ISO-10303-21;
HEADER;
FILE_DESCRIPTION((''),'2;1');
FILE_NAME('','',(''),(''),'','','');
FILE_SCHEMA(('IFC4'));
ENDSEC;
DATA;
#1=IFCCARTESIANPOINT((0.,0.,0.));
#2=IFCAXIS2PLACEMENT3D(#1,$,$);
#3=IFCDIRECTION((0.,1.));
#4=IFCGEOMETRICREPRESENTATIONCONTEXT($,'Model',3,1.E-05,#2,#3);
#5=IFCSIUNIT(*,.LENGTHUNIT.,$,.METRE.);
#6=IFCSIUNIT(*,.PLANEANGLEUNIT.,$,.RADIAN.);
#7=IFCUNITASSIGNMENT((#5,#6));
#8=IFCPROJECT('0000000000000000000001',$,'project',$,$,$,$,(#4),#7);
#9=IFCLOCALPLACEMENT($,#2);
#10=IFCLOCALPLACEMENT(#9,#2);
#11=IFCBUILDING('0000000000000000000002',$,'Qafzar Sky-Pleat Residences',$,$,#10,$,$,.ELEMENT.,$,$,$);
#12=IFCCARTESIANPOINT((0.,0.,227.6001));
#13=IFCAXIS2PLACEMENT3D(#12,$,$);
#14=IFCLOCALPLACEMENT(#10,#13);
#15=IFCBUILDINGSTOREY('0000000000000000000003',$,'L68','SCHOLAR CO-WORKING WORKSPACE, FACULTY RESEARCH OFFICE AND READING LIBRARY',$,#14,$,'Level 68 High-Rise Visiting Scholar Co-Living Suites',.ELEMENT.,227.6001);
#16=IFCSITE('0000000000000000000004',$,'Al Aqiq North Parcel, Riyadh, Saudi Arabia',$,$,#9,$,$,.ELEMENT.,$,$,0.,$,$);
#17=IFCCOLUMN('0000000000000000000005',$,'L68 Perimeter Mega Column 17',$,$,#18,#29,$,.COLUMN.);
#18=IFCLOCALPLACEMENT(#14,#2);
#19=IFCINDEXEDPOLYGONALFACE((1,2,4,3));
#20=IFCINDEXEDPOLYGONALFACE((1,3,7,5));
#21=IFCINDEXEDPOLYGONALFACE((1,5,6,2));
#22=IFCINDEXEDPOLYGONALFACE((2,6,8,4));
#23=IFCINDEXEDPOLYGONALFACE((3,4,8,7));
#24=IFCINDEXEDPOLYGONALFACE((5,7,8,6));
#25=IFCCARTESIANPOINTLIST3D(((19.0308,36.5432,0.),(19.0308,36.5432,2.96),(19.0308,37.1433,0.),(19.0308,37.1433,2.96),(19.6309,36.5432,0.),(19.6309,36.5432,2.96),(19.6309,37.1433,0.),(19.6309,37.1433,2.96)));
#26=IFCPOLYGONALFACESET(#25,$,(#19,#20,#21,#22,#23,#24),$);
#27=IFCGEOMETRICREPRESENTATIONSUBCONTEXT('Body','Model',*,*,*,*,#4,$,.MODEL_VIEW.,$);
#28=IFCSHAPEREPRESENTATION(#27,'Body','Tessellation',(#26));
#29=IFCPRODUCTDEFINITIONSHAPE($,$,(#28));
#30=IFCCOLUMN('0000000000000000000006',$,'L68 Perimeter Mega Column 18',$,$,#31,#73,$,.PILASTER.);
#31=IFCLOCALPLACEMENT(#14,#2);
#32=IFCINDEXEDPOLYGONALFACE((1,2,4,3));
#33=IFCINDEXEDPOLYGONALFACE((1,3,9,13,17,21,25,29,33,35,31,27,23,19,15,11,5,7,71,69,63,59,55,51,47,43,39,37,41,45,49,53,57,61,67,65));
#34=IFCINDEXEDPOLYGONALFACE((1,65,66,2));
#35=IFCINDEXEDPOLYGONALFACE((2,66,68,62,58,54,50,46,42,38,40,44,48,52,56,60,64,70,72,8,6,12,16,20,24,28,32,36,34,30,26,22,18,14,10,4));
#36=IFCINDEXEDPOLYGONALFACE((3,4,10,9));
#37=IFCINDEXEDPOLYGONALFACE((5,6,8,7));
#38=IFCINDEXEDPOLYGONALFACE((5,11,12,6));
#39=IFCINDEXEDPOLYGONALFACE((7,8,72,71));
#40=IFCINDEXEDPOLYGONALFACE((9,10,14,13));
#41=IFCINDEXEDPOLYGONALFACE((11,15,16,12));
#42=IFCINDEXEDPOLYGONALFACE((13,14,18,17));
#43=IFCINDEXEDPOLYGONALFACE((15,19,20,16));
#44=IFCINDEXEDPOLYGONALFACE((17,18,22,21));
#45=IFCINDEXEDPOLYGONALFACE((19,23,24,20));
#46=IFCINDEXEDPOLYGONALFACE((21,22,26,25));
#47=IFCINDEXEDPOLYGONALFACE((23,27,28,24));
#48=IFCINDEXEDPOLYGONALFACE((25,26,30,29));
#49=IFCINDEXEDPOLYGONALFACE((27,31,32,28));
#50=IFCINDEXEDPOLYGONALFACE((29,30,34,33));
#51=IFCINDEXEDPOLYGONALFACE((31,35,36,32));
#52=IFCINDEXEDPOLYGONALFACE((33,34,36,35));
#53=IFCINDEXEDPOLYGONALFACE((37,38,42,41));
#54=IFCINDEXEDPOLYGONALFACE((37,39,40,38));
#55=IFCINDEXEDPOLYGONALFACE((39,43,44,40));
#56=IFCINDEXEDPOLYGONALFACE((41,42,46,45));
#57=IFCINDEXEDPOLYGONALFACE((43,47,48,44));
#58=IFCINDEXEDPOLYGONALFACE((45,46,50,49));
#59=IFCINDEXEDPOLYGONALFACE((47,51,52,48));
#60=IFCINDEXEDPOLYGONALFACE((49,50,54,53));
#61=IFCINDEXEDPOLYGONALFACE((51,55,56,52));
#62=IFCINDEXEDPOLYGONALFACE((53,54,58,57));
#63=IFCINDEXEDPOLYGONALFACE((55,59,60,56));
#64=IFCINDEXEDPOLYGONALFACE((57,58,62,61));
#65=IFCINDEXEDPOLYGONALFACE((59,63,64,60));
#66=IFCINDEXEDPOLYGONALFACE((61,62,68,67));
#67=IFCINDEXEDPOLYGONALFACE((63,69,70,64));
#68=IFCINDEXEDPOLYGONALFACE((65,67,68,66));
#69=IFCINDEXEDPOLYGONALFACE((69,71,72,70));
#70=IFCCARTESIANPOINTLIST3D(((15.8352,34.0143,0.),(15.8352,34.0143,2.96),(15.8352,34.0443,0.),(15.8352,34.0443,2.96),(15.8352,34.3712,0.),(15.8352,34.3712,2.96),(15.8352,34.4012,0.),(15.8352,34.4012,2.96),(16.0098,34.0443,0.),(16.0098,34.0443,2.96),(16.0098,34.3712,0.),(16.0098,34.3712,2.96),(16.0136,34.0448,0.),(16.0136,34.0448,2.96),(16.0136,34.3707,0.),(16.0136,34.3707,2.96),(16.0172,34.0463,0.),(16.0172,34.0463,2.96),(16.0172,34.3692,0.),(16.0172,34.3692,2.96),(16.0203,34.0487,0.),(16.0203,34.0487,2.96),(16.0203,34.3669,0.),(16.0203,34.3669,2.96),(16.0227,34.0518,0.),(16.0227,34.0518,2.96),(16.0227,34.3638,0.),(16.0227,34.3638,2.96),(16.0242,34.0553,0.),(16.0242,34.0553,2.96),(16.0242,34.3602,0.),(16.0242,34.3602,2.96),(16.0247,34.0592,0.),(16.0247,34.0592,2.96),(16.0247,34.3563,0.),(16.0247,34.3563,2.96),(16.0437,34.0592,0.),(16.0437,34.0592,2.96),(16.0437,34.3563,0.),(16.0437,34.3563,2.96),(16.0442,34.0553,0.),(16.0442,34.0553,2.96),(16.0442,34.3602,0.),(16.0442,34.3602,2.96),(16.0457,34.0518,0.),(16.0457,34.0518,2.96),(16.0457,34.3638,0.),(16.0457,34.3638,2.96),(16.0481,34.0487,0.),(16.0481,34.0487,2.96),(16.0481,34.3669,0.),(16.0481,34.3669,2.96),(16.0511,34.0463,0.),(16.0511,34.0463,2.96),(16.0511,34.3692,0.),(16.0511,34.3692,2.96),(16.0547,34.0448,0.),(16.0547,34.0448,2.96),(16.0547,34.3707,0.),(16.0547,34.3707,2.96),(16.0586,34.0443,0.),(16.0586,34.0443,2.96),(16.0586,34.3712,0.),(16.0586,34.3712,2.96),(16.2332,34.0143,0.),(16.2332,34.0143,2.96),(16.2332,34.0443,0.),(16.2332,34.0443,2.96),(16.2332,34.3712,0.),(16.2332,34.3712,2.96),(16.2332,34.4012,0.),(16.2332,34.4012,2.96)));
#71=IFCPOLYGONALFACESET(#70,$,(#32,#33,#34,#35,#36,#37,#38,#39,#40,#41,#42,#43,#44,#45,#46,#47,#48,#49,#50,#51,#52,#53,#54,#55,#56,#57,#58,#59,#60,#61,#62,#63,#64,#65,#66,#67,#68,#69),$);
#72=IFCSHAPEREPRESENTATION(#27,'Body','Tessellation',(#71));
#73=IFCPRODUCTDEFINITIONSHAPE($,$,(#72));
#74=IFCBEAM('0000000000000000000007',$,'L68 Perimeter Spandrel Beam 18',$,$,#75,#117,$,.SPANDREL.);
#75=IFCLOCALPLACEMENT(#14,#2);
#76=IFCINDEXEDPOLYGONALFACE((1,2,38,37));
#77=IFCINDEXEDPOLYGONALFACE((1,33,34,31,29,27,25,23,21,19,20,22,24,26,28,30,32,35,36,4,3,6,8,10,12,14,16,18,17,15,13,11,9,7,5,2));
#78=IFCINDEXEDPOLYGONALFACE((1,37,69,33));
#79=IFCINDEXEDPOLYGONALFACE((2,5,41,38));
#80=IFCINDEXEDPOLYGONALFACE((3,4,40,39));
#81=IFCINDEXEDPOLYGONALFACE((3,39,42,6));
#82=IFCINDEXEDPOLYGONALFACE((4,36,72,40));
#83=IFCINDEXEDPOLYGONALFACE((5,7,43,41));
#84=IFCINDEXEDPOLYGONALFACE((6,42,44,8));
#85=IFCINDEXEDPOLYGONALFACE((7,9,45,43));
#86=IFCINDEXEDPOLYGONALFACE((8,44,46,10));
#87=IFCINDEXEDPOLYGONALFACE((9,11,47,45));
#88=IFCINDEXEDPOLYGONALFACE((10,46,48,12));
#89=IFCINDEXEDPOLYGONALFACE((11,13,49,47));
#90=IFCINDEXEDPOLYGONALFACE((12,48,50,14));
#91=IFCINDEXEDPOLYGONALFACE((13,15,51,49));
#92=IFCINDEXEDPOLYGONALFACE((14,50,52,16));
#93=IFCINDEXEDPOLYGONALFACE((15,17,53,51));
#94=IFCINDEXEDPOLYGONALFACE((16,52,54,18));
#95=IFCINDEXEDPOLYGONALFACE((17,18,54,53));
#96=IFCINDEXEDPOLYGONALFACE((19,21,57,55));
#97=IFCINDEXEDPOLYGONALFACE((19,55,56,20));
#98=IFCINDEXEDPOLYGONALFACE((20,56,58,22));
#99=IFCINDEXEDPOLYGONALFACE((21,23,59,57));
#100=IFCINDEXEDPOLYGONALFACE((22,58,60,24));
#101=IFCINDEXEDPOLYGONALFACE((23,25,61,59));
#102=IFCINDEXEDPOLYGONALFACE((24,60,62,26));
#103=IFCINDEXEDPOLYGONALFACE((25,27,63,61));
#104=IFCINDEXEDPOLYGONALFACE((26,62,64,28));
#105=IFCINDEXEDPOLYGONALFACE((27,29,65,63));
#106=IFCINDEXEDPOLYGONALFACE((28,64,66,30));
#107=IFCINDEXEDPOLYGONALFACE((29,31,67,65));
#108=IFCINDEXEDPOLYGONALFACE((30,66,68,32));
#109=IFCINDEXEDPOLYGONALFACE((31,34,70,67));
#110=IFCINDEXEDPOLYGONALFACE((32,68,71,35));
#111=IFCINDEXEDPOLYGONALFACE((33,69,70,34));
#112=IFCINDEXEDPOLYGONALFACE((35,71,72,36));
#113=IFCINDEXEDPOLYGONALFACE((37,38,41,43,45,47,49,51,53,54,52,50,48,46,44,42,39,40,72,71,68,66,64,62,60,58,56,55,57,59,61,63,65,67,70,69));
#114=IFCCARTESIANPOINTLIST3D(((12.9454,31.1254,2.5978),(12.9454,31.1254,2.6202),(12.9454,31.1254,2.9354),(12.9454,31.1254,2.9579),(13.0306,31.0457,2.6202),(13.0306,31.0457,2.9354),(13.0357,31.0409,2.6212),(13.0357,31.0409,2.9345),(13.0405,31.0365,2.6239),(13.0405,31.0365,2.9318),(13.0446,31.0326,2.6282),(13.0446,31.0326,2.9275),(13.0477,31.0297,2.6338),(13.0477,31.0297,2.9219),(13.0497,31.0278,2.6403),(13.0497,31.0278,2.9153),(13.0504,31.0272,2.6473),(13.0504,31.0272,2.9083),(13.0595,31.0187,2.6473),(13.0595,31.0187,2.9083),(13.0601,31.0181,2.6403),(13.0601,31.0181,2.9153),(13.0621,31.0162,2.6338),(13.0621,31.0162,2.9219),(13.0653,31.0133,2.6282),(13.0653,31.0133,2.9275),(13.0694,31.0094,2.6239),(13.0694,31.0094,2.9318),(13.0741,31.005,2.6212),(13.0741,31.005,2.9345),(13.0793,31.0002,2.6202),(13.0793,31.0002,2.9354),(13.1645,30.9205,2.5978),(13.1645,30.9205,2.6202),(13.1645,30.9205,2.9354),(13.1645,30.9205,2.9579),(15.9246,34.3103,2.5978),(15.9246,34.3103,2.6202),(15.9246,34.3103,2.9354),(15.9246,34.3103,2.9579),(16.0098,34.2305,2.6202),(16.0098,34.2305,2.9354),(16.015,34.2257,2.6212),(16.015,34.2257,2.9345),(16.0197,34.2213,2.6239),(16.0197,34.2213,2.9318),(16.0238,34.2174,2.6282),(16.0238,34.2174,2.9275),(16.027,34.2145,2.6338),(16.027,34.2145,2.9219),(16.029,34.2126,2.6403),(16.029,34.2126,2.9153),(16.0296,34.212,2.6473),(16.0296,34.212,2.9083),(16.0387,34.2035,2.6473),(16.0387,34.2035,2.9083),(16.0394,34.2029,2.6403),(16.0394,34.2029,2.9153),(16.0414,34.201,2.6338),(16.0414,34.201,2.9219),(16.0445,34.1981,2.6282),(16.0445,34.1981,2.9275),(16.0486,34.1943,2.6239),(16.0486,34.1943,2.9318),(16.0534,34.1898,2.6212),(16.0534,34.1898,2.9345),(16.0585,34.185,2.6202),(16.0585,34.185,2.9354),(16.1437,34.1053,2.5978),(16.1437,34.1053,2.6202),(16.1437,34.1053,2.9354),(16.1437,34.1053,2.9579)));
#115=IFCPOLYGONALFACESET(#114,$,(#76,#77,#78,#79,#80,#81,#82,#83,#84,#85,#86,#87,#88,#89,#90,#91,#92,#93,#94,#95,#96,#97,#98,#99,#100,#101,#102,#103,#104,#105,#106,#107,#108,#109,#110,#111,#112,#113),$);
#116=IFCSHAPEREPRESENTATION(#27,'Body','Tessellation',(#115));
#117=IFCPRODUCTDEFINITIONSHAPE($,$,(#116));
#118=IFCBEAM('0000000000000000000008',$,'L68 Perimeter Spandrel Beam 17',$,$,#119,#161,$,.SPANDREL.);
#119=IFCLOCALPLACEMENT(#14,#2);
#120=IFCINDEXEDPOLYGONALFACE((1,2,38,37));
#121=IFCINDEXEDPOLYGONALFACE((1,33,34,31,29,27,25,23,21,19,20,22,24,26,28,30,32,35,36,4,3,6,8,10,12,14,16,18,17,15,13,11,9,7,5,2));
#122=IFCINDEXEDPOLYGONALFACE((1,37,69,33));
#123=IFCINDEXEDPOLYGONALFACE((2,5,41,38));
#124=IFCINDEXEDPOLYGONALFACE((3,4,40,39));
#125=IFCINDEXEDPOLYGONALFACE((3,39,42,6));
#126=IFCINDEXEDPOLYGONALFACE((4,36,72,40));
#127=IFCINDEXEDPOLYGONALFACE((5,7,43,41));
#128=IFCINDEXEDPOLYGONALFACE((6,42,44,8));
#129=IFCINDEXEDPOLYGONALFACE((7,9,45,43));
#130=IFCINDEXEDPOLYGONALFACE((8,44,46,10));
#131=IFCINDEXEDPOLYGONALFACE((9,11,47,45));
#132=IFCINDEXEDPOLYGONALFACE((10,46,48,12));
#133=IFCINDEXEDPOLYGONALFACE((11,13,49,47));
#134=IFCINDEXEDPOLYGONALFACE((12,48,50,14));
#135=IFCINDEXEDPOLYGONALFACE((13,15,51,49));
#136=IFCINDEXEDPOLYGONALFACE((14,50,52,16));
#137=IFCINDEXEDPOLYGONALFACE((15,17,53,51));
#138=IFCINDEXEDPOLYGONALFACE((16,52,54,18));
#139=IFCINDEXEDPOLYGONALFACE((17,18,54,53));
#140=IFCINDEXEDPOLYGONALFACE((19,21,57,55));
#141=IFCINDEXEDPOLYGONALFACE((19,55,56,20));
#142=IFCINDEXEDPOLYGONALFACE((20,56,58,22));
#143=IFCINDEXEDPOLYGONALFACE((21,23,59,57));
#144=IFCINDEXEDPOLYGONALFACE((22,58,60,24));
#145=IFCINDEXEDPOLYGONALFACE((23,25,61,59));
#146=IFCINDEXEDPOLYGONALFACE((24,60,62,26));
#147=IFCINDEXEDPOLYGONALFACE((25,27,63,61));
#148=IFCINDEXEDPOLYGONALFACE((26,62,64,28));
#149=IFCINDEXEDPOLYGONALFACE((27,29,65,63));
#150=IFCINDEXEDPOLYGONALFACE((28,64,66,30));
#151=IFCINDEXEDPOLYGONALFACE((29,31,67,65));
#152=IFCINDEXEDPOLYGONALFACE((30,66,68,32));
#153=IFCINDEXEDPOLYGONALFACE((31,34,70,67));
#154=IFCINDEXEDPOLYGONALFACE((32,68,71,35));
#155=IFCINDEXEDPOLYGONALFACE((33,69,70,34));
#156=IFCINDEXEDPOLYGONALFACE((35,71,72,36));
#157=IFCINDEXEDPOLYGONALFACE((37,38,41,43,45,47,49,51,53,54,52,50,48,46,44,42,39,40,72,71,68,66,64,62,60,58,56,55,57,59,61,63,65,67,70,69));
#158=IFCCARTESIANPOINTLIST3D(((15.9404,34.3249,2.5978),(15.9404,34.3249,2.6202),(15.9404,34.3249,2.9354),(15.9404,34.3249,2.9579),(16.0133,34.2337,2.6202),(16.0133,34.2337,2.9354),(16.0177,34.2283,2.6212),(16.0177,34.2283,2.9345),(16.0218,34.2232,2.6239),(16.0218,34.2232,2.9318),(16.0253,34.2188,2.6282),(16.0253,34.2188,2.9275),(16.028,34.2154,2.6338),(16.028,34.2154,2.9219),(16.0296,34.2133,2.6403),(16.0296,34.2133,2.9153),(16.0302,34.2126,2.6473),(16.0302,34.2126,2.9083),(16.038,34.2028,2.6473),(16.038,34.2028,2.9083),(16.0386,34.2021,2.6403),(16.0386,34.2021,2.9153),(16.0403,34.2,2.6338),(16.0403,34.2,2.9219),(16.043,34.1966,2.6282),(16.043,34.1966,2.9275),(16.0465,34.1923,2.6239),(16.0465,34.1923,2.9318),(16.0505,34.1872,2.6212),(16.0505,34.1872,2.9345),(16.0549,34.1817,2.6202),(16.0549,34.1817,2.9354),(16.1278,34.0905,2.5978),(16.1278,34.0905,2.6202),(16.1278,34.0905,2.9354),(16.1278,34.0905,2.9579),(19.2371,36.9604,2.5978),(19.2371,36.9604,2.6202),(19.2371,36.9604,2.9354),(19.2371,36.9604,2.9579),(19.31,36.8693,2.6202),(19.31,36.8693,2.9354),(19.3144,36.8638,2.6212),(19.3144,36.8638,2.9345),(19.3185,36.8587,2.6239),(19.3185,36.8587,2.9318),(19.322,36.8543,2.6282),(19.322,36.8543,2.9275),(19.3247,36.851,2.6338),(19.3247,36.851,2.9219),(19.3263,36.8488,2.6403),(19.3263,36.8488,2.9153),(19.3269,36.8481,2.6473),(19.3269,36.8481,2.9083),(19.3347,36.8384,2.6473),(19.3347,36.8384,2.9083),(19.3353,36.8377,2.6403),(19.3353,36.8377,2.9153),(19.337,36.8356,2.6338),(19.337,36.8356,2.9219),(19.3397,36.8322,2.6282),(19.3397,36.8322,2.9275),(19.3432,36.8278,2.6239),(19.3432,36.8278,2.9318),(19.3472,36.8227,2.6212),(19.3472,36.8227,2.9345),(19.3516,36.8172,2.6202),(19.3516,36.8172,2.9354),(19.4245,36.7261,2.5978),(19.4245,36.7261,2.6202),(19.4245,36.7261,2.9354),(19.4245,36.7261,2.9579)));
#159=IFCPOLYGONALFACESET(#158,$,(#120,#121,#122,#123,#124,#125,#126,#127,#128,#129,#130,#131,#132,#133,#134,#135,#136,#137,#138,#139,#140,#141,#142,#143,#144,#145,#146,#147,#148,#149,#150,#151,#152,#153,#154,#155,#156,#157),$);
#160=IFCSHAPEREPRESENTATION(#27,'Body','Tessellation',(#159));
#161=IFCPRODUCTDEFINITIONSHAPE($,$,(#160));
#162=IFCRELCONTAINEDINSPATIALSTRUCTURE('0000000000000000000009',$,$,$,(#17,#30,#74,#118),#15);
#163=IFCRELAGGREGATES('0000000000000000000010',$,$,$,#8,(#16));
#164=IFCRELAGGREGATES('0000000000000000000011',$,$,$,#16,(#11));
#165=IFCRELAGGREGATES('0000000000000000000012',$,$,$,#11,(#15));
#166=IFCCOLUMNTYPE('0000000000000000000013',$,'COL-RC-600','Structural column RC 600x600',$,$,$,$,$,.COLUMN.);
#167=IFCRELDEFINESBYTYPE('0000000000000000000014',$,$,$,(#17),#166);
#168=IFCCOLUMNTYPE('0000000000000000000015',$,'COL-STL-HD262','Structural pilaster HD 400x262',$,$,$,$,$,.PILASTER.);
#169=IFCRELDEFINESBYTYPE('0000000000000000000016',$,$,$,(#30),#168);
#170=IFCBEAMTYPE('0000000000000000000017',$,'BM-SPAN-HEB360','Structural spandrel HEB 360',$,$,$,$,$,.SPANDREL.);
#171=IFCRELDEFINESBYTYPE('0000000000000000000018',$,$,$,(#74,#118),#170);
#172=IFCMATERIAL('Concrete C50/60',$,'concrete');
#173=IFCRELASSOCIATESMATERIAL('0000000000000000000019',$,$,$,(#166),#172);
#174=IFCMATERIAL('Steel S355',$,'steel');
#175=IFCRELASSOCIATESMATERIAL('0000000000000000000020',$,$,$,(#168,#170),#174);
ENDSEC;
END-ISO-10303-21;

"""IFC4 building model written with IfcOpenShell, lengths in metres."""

from ifc_helpers import new_model, si_unit, direction, frame, origin, origin_2d, place, context, subcontext, project, spatial, rectangle, i_section, extrude, source, transform, mapped, material, material_profile, profile_set, type_object, element, save


model = new_model("IFC4")

# Units and contexts
model_context = context("Model", 3, precision=1e-05, world=origin(), true_north=direction((0.0, 1.0)))
body_context = subcontext(model_context, "Body", "Model", "MODEL_VIEW")
ifc_project = project(units=[si_unit("LENGTHUNIT", "METRE"), si_unit("PLANEANGLEUNIT", "RADIAN")], contexts=[model_context])

# Site, building, storey
site_placement = place(None, origin())
site = spatial("IfcSite", under=ifc_project, at=site_placement, Name="Al Aqiq North Parcel, Riyadh, Saudi Arabia", CompositionType="ELEMENT", RefElevation=0.0)
building_placement = place(site_placement, origin())
building = spatial("IfcBuilding", under=site, at=building_placement, Name="Qafzar Sky-Pleat Residences", CompositionType="ELEMENT")
storey_placement = place(building_placement, frame((0.0, 0.0, 227.6001)))
storey = spatial("IfcBuildingStorey", under=building, at=storey_placement, Name="L68", Description="SCHOLAR CO-WORKING WORKSPACE, FACULTY RESEARCH OFFICE AND READING LIBRARY", LongName="Level 68 High-Rise Visiting Scholar Co-Living Suites", CompositionType="ELEMENT", Elevation=227.6001)

# Columns
ifc_material_1 = material(Name="Concrete C50/60", Category="concrete")
ifc_material_profile_1 = material_profile(ifc_material_1, rectangle(XDim=0.6001, YDim=0.6001, at=origin_2d()), Name="RC 600x600")
ifc_profile_set_1 = profile_set([ifc_material_profile_1], Name="Concrete C50/60")
column_type_1 = type_object("IfcColumnType", Name="COL-RC-600", Description="Structural column RC 600x600", PredefinedType="COLUMN", material=ifc_profile_set_1)
shared_shape_1 = source(origin(), body_context, "Body", "SweptSolid", [
    extrude(rectangle(XDim=0.6001, YDim=0.6001, at=origin_2d()), origin(), (0.0, 0.0, 1.0), 2.96),
])
column_1_placement = place(storey_placement, frame((19.3308, 36.8433, 0.0), z_axis=(0.0, 0.0, 1.0), x_axis=(1.0, 0.0, 0.0)))
element("IfcColumn", 1, at=column_1_placement, inside=storey, type_object=column_type_1, Name="L68 Perimeter Mega Column 17", PredefinedType="COLUMN", context=body_context, shape_type="MappedRepresentation", body=[
    mapped(shared_shape_1, transform((0.0, 0.0, 0.0), x_axis=(1.0, 0.0, 0.0), y_axis=(0.0, 1.0, 0.0), z_axis=(0.0, 0.0, 1.0), scale=1.0)),
])
ifc_material_2 = material(Name="Steel S355", Category="steel")
ifc_material_profile_2 = material_profile(ifc_material_2, i_section(OverallWidth=0.3979, OverallDepth=0.387, WebThickness=0.019, FlangeThickness=0.03, FilletRadius=0.0149, at=origin_2d()), Name="HD 400x262")
ifc_profile_set_2 = profile_set([ifc_material_profile_2], Name="Steel S355")
column_type_2 = type_object("IfcColumnType", Name="COL-STL-HD262", Description="Structural pilaster HD 400x262", PredefinedType="PILASTER", material=ifc_profile_set_2)
shared_shape_2 = source(origin(), body_context, "Body", "SweptSolid", [
    extrude(i_section(OverallWidth=0.3979, OverallDepth=0.387, WebThickness=0.019, FlangeThickness=0.03, FilletRadius=0.0149, at=origin_2d()), origin(), (0.0, 0.0, 1.0), 2.96),
])
column_2_placement = place(storey_placement, frame((16.0342, 34.2078, 0.0), z_axis=(0.0, 0.0, 1.0), x_axis=(1.0, 0.0, 0.0)))
element("IfcColumn", 2, at=column_2_placement, inside=storey, type_object=column_type_2, Name="L68 Perimeter Mega Column 18", PredefinedType="PILASTER", context=body_context, shape_type="MappedRepresentation", body=[
    mapped(shared_shape_2, transform((0.0, 0.0, 0.0), x_axis=(1.0, 0.0, 0.0), y_axis=(0.0, 1.0, 0.0), z_axis=(0.0, 0.0, 1.0), scale=1.0)),
])

# Beams
ifc_material_profile_3 = material_profile(ifc_material_2, i_section(OverallWidth=0.3, OverallDepth=0.3601, WebThickness=0.0125, FlangeThickness=0.0225, FilletRadius=0.0271, at=origin_2d()), Name="HEB 360")
ifc_profile_set_3 = profile_set([ifc_material_profile_3], Name="Steel S355")
beam_type_1 = type_object("IfcBeamType", Name="BM-SPAN-HEB360", Description="Structural spandrel HEB 360", PredefinedType="SPANDREL", material=ifc_profile_set_3)
shared_shape_3 = source(origin(), body_context, "Body", "SweptSolid", [
    extrude(i_section(OverallWidth=0.3, OverallDepth=0.3601, WebThickness=0.0125, FlangeThickness=0.0225, FilletRadius=0.0271, at=origin_2d()), origin(), (0.0, 0.0, 1.0), 4.3611),
])
beam_1_placement = place(storey_placement, frame((16.0342, 34.2078, 2.7778), z_axis=(-0.683146, -0.730282, 0.0), x_axis=(0.730282, -0.683146, 0.0)))
element("IfcBeam", 3, at=beam_1_placement, inside=storey, type_object=beam_type_1, Name="L68 Perimeter Spandrel Beam 18", PredefinedType="SPANDREL", context=body_context, shape_type="MappedRepresentation", body=[
    mapped(shared_shape_3, transform((0.0, 0.0, 0.0), x_axis=(1.0, 0.0, 0.0), y_axis=(0.0, 1.0, 0.0), z_axis=(0.0, 0.0, 1.0), scale=1.0)),
])
shared_shape_4 = source(origin(), body_context, "Body", "SweptSolid", [
    extrude(i_section(OverallWidth=0.3, OverallDepth=0.3601, WebThickness=0.0125, FlangeThickness=0.0225, FilletRadius=0.0271, at=origin_2d()), origin(), (0.0, 0.0, 1.0), 4.2207),
])
beam_2_placement = place(storey_placement, frame((19.3308, 36.8433, 2.7778), z_axis=(-0.781078, -0.624434, 0.0), x_axis=(0.624434, -0.781078, 0.0)))
element("IfcBeam", 4, at=beam_2_placement, inside=storey, type_object=beam_type_1, Name="L68 Perimeter Spandrel Beam 17", PredefinedType="SPANDREL", context=body_context, shape_type="MappedRepresentation", body=[
    mapped(shared_shape_4, transform((0.0, 0.0, 0.0), x_axis=(1.0, 0.0, 0.0), y_axis=(0.0, 1.0, 0.0), z_axis=(0.0, 0.0, 1.0), scale=1.0)),
])

save(model, "model.ifc")
